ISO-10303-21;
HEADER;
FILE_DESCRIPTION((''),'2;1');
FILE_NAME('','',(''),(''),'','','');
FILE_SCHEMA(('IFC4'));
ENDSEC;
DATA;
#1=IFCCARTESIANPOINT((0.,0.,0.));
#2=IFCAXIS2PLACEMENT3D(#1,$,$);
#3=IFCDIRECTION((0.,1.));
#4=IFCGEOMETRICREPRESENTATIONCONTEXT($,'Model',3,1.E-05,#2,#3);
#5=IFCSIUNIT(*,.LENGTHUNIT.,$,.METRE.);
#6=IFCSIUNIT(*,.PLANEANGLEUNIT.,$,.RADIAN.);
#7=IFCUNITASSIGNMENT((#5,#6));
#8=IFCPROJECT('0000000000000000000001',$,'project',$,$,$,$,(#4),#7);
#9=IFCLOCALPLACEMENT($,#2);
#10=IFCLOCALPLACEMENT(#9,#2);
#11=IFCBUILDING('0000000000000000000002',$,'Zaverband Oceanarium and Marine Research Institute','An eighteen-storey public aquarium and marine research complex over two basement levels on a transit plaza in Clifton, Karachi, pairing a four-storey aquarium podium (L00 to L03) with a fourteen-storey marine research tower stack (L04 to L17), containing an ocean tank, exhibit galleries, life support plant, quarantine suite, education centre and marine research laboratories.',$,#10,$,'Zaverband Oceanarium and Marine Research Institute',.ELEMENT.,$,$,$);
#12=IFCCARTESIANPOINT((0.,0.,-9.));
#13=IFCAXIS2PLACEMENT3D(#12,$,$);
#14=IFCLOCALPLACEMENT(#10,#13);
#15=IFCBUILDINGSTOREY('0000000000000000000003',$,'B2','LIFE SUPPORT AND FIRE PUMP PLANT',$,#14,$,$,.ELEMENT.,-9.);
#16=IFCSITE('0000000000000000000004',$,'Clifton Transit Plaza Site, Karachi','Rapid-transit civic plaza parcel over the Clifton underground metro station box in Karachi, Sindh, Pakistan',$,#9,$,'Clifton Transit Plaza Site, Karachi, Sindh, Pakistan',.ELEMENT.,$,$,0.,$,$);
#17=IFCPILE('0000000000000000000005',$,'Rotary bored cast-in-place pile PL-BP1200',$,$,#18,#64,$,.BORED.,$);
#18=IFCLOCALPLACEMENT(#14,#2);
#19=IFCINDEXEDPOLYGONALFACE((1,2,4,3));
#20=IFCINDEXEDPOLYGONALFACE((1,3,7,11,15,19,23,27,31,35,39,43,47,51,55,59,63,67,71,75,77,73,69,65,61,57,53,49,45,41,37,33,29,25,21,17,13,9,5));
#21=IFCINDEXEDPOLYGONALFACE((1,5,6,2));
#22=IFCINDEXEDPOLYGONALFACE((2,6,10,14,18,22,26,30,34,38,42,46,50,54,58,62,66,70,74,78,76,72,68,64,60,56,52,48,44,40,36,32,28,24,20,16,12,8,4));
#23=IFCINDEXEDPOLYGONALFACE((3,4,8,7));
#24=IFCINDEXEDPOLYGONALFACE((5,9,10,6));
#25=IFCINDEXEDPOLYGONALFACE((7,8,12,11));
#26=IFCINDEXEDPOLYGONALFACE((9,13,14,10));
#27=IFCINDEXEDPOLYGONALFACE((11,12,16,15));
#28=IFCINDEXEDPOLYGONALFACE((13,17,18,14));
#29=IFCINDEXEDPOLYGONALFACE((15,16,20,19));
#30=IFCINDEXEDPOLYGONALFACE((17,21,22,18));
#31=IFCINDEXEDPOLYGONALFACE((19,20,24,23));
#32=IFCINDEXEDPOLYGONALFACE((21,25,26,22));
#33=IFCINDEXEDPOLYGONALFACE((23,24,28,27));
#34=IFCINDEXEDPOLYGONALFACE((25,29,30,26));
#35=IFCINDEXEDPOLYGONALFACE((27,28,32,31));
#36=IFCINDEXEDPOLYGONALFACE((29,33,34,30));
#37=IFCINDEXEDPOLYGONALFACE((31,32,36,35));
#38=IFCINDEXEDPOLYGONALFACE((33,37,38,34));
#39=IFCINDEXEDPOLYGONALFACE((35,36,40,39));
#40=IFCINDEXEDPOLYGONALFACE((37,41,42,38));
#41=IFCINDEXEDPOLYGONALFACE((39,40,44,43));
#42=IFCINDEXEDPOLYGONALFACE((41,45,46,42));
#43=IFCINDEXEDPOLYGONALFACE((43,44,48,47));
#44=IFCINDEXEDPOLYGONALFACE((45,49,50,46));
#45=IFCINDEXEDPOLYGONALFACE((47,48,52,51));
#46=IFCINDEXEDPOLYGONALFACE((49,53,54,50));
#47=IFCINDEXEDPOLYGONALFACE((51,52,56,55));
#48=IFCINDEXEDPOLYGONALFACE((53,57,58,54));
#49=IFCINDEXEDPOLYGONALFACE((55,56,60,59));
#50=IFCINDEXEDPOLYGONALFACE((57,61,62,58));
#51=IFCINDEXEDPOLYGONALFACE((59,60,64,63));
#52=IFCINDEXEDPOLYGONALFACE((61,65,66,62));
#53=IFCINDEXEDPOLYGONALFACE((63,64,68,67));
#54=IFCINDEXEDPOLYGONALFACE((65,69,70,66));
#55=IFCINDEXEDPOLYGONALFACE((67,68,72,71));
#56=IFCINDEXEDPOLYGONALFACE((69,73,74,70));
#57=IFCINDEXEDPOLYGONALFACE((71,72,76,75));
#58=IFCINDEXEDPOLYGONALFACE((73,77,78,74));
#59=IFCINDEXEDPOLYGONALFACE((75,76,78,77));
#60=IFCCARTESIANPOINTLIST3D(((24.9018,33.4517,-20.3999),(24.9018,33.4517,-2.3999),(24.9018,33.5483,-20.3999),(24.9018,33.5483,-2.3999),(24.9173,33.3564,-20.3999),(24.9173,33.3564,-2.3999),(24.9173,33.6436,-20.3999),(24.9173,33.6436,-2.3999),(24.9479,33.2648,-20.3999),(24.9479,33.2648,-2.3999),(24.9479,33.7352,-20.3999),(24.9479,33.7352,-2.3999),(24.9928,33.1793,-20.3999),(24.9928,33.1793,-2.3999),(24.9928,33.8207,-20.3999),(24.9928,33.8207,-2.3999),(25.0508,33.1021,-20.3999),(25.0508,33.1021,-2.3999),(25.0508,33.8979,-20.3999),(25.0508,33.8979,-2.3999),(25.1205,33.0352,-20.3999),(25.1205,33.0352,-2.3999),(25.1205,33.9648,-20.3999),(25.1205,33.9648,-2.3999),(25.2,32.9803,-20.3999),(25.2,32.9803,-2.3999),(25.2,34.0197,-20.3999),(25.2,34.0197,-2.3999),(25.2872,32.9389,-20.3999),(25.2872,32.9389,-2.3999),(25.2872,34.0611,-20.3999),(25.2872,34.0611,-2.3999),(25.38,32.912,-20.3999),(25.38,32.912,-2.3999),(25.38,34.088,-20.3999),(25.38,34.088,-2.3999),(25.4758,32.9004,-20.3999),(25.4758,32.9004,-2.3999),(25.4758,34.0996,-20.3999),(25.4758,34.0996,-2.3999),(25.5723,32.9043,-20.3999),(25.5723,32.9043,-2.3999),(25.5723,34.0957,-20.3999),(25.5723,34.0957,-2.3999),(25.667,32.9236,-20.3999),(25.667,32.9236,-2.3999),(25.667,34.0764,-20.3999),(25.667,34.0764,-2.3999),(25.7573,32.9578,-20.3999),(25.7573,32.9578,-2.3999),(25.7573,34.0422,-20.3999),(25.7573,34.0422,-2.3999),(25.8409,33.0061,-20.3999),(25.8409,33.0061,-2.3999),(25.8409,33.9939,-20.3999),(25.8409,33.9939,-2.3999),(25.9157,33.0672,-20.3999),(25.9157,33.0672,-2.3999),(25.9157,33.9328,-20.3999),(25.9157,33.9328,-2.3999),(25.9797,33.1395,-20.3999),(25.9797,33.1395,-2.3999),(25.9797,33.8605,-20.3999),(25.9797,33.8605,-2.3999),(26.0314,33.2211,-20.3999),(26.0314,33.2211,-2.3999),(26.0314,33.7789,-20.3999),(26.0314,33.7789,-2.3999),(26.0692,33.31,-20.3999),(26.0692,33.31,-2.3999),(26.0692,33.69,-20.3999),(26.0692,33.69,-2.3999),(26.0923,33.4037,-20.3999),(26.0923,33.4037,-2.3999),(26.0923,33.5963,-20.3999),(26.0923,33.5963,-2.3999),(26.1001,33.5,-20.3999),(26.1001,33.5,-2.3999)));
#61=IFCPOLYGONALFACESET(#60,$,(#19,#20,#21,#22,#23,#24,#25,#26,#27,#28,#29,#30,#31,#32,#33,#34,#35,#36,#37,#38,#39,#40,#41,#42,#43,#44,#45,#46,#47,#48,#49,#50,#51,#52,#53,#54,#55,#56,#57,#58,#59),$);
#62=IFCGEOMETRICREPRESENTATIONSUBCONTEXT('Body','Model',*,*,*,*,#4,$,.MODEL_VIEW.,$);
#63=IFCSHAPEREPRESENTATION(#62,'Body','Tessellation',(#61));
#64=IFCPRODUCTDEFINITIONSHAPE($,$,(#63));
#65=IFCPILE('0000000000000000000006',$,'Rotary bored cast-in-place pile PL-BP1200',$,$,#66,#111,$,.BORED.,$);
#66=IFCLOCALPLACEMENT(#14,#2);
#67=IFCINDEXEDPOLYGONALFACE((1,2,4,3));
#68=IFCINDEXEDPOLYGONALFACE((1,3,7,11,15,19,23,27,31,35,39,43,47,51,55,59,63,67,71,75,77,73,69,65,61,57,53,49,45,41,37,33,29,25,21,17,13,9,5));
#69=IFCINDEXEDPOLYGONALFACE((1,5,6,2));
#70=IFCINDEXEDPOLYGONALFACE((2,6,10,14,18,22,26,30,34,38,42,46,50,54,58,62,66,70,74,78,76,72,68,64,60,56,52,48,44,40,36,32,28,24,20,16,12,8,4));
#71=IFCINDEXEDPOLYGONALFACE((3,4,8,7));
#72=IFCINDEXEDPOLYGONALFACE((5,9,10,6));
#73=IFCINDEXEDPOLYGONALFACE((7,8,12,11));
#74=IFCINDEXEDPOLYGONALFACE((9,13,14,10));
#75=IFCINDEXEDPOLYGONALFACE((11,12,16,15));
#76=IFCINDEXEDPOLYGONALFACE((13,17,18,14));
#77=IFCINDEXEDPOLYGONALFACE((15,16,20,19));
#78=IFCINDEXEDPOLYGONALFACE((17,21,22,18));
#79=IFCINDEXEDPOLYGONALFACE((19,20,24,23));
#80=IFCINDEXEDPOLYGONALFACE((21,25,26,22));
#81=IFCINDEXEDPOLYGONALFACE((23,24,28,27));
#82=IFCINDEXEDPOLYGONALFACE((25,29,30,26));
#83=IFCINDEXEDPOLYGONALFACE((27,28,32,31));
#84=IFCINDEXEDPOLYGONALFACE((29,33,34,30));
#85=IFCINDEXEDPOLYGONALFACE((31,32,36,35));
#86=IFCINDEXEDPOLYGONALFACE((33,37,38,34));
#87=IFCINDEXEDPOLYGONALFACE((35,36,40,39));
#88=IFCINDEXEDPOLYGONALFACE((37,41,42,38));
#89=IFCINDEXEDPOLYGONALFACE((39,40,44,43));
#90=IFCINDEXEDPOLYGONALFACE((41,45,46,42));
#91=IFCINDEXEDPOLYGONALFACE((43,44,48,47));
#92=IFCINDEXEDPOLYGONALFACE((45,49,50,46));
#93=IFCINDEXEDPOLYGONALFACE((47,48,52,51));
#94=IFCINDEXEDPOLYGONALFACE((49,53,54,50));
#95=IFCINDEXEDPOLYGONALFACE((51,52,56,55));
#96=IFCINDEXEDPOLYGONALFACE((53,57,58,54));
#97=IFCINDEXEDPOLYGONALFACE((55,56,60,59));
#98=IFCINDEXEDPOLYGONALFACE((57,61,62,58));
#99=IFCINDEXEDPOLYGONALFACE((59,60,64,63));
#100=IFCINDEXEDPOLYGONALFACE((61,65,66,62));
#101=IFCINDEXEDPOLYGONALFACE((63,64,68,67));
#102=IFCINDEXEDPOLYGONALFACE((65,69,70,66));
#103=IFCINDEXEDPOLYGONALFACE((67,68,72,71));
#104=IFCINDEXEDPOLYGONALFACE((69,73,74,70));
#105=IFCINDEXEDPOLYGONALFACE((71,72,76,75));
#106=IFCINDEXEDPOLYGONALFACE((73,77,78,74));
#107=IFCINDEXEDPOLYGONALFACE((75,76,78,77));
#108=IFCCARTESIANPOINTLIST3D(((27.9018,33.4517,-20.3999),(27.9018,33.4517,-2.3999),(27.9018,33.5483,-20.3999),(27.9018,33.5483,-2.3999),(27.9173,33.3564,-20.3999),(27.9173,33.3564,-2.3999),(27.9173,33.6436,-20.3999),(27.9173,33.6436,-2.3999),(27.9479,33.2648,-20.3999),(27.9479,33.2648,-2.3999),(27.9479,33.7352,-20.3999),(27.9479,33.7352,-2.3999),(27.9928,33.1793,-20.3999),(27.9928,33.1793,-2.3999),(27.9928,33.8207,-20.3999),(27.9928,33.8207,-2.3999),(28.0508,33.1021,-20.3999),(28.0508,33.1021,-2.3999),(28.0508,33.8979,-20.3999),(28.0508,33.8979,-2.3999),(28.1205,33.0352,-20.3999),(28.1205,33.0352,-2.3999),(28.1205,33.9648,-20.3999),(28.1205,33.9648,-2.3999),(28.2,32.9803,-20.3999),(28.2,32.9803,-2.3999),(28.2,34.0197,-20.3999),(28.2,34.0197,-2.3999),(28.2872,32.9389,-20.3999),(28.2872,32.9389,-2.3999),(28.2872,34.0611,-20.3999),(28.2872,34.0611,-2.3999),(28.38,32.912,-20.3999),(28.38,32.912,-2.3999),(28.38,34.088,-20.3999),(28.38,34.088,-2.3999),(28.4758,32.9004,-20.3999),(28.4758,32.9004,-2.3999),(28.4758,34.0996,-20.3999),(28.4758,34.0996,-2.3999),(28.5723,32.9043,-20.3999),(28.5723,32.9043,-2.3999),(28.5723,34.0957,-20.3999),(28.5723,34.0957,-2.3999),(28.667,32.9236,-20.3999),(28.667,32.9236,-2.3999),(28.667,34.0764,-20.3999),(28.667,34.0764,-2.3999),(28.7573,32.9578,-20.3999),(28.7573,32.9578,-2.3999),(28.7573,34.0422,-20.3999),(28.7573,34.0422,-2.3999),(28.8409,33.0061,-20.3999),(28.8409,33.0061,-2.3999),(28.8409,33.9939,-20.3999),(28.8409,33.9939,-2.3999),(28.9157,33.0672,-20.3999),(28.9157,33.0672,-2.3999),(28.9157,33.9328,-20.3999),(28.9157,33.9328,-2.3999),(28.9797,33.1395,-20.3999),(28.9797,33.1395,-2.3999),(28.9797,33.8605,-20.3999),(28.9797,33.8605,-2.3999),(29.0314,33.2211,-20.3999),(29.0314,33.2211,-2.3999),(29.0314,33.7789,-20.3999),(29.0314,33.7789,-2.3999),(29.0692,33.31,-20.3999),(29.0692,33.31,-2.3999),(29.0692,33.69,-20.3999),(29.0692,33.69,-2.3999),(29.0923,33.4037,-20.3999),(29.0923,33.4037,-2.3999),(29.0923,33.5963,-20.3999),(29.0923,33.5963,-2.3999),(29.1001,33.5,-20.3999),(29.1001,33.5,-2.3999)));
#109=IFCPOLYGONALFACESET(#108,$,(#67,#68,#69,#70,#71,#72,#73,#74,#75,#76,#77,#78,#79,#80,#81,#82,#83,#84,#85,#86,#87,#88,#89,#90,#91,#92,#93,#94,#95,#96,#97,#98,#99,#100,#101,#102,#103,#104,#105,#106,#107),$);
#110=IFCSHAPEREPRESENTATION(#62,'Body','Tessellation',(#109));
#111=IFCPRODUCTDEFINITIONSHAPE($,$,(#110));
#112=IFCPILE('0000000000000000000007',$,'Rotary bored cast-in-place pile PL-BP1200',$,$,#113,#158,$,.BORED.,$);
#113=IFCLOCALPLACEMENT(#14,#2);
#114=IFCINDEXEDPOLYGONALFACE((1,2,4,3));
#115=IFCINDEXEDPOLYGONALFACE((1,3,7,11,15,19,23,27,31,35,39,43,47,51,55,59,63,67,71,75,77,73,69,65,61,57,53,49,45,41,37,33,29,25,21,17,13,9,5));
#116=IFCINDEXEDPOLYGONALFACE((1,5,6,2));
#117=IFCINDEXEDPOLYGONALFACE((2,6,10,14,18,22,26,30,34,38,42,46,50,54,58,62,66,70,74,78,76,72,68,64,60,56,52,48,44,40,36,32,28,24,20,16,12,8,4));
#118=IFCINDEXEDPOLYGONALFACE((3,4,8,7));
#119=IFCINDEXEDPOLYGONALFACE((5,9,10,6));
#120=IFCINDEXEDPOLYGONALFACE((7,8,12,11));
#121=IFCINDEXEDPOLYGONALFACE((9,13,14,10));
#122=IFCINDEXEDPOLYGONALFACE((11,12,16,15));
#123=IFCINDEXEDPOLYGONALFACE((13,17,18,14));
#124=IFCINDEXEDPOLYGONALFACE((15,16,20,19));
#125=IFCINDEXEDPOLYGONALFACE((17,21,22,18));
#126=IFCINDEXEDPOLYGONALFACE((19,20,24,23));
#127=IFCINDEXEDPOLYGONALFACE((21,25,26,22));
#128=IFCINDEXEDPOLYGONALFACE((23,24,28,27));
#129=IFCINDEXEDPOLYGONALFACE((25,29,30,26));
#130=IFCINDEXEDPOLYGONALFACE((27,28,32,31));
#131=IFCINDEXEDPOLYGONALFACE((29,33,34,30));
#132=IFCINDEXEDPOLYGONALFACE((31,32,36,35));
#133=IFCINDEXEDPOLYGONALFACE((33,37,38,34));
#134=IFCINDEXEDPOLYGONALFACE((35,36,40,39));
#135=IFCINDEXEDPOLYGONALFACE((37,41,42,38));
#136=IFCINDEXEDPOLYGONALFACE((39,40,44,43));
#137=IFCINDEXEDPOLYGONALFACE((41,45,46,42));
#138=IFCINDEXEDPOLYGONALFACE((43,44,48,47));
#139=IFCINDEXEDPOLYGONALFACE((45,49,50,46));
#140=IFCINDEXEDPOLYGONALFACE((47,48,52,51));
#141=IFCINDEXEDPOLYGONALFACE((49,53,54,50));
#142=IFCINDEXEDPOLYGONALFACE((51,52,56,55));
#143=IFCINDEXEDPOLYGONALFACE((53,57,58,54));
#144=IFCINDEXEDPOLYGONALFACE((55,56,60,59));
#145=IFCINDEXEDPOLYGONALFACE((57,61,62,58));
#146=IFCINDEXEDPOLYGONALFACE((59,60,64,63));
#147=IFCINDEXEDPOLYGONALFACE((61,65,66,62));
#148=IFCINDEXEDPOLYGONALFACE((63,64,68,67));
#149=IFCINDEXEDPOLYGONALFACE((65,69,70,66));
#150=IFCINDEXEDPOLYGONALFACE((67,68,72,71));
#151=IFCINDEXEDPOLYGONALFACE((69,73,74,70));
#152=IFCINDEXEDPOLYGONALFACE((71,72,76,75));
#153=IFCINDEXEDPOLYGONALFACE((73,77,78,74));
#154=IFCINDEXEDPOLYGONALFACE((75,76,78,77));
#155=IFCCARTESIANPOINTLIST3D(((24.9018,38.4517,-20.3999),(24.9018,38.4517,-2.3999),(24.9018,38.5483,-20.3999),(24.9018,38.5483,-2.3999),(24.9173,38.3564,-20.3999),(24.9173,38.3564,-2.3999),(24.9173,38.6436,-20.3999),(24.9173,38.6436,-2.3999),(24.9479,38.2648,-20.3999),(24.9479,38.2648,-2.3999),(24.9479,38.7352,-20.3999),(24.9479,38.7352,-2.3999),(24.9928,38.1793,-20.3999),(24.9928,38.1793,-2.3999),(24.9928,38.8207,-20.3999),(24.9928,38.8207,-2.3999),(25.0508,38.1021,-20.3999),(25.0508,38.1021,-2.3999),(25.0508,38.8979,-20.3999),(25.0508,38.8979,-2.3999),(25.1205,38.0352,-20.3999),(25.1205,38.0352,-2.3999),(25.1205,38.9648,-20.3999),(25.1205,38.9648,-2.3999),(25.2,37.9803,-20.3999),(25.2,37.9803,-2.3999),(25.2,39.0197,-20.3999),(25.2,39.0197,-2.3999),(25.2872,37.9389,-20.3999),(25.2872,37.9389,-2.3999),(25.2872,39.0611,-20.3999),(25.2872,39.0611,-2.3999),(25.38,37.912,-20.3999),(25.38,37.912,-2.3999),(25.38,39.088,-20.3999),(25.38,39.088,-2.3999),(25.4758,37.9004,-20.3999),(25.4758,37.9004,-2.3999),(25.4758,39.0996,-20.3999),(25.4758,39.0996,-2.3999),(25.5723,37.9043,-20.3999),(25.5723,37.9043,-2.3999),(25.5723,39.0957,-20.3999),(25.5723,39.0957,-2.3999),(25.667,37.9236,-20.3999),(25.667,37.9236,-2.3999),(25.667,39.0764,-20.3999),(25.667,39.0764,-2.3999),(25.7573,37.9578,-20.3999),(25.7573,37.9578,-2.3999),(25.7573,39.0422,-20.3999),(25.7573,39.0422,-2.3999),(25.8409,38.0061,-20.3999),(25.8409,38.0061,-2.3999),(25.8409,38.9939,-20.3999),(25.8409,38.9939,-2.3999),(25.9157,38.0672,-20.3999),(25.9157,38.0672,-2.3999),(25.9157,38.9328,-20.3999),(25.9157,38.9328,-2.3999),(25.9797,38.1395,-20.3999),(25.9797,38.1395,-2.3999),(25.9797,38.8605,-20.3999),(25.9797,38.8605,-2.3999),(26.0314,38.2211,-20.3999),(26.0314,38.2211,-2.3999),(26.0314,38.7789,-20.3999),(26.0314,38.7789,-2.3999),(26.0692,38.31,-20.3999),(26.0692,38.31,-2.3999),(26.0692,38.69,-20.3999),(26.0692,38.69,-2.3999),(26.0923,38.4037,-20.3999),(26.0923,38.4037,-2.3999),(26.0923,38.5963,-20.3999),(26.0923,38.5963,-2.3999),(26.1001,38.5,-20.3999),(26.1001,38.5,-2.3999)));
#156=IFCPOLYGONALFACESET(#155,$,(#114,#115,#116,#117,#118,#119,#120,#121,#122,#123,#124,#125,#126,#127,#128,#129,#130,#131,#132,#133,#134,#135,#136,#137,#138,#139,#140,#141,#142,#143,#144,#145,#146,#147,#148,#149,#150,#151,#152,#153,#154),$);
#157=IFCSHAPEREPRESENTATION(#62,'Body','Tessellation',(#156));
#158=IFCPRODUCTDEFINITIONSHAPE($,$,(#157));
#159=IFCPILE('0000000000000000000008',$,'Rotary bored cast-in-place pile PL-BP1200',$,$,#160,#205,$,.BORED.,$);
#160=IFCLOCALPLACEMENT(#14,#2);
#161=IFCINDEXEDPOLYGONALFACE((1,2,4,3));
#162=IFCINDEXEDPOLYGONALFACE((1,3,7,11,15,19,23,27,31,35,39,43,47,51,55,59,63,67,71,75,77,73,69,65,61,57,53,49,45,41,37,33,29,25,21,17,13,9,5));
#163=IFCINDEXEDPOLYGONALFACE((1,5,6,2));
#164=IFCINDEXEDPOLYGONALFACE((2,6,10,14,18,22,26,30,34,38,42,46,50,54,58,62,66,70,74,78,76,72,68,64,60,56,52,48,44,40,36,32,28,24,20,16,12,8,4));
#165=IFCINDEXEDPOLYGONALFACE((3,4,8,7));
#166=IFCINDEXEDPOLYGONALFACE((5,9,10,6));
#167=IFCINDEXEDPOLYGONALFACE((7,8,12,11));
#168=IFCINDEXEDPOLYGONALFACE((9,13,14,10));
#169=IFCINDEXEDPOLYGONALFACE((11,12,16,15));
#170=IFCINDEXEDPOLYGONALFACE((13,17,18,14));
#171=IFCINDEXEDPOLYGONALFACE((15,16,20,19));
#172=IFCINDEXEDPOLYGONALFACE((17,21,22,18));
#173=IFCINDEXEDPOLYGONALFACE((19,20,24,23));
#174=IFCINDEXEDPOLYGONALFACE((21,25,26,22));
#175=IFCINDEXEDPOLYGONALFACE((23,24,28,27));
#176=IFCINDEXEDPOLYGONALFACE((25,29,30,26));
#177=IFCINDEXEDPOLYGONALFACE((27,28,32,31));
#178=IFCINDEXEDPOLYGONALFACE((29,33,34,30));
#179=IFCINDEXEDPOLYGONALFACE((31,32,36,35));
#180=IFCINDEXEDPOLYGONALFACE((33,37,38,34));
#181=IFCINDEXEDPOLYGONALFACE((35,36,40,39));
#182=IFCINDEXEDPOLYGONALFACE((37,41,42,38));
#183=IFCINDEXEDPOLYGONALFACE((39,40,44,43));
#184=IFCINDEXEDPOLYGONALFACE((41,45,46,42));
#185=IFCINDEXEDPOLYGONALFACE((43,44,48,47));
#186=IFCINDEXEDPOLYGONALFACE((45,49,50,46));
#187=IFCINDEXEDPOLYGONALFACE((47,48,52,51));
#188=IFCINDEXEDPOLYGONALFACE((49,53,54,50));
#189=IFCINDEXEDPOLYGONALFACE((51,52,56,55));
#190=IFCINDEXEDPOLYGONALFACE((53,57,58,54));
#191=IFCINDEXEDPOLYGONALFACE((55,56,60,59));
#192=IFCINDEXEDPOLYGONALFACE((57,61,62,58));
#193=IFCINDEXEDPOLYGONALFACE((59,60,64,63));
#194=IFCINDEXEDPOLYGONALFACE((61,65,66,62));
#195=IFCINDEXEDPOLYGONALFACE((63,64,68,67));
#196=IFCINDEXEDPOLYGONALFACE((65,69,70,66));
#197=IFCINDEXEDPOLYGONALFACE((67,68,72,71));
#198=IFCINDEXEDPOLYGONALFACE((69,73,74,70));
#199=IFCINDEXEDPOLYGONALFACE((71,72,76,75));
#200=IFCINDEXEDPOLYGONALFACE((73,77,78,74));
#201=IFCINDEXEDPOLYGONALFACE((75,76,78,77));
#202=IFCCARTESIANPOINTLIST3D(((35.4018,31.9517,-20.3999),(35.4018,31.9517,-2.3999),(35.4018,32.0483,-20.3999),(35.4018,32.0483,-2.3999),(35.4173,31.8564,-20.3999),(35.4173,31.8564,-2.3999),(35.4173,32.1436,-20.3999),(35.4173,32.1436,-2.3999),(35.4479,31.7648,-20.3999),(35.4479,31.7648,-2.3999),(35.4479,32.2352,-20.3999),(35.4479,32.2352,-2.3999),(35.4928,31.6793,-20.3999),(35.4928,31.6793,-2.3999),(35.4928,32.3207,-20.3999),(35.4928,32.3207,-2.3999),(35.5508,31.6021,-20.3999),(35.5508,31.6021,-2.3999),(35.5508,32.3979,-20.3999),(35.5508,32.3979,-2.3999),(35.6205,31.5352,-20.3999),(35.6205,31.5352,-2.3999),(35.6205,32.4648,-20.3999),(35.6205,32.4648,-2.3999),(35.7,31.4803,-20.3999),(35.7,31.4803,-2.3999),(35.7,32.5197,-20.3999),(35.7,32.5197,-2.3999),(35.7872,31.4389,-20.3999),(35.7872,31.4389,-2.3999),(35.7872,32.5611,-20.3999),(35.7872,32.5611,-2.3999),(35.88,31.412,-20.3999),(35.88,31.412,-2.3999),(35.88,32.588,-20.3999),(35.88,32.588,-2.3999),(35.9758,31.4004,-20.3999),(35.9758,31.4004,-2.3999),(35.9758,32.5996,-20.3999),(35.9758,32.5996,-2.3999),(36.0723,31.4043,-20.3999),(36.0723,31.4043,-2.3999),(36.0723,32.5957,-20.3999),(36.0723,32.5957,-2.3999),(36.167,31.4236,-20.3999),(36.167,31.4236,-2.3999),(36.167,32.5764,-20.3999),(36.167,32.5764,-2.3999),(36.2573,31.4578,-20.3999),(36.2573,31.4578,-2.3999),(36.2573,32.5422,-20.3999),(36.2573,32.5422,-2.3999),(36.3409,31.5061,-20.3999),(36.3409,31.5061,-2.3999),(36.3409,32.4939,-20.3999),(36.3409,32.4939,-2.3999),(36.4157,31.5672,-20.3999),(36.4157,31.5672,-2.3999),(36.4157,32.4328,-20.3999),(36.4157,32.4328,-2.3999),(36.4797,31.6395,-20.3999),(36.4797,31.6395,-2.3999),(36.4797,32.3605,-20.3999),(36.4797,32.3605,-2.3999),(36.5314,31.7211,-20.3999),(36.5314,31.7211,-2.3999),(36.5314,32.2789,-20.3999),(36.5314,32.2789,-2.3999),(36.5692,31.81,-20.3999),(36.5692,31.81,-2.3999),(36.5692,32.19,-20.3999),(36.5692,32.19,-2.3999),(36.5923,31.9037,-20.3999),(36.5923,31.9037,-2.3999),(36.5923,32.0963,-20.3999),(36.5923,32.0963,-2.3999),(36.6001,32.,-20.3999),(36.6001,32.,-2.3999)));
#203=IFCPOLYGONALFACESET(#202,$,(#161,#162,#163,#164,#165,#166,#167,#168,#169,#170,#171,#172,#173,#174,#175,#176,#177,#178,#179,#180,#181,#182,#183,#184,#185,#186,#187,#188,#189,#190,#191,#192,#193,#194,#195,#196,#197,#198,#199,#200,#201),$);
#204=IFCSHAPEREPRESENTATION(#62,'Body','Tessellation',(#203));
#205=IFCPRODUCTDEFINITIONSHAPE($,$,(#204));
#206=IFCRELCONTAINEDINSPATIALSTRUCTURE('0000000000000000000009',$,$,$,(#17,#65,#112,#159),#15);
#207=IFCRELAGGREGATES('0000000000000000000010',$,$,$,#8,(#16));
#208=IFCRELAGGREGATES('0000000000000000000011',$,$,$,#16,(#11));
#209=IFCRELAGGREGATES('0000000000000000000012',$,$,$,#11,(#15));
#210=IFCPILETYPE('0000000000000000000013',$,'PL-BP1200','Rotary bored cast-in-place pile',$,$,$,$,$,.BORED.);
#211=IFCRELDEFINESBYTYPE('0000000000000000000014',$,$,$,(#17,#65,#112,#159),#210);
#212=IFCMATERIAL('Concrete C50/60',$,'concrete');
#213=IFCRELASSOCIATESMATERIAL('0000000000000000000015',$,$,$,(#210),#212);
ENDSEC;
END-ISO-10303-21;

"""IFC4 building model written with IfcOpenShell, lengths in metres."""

from ifc_helpers import new_model, si_unit, direction, frame, origin, origin_2d, place, context, subcontext, project, spatial, circle, extrude, material, material_profile, profile_set, type_object, element, save


model = new_model("IFC4")

# Units and contexts
model_context = context("Model", 3, precision=1e-05, world=origin(), true_north=direction((0.0, 1.0)))
body_context = subcontext(model_context, "Body", "Model", "MODEL_VIEW")
ifc_project = project(units=[si_unit("LENGTHUNIT", "METRE"), si_unit("PLANEANGLEUNIT", "RADIAN")], contexts=[model_context])

# Site, building, storey
site_placement = place(None, origin())
site = spatial("IfcSite", under=ifc_project, at=site_placement, Name="Clifton Transit Plaza Site, Karachi", Description="Rapid-transit civic plaza parcel over the Clifton underground metro station box in Karachi, Sindh, Pakistan", LongName="Clifton Transit Plaza Site, Karachi, Sindh, Pakistan", CompositionType="ELEMENT", RefElevation=0.0)
building_placement = place(site_placement, origin())
building = spatial("IfcBuilding", under=site, at=building_placement, Name="Zaverband Oceanarium and Marine Research Institute", Description="An eighteen-storey public aquarium and marine research complex over two basement levels on a transit plaza in Clifton, Karachi, pairing a four-storey aquarium podium (L00 to L03) with a fourteen-storey marine research tower stack (L04 to L17), containing an ocean tank, exhibit galleries, life support plant, quarantine suite, education centre and marine research laboratories.", LongName="Zaverband Oceanarium and Marine Research Institute", CompositionType="ELEMENT")
storey_placement = place(building_placement, frame((0.0, 0.0, -9.0)))
storey = spatial("IfcBuildingStorey", under=building, at=storey_placement, Name="B2", Description="LIFE SUPPORT AND FIRE PUMP PLANT", CompositionType="ELEMENT", Elevation=-9.0)

# Shared definitions
ifc_material_1 = material(Name="Concrete C50/60", Category="concrete")

# Piles
ifc_material_profile_1 = material_profile(ifc_material_1, circle(Radius=0.6001, at=origin_2d()), Name="BP1200")
ifc_profile_set_1 = profile_set([ifc_material_profile_1], Name="Concrete C50/60")
pile_type = type_object("IfcPileType", Name="PL-BP1200", Description="Rotary bored cast-in-place pile", PredefinedType="BORED", material=ifc_profile_set_1)
for number, where, z_axis, x_axis, name in (
    (1, (25.5, 33.5, -2.3999), (0.0, 0.0, -1.0), (1.0, 0.0, 0.0), "Rotary bored cast-in-place pile PL-BP1200"),
    (2, (28.5, 33.5, -2.3999), (0.0, 0.0, -1.0), (1.0, 0.0, 0.0), "Rotary bored cast-in-place pile PL-BP1200"),
    (3, (25.5, 38.5, -2.3999), (0.0, 0.0, -1.0), (1.0, 0.0, 0.0), "Rotary bored cast-in-place pile PL-BP1200"),
    (4, (36.0, 32.0, -2.3999), (0.0, 0.0, -1.0), (1.0, 0.0, 0.0), "Rotary bored cast-in-place pile PL-BP1200"),
):
    element("IfcPile", number, at=place(storey_placement, frame(where, z_axis=z_axis, x_axis=x_axis)), inside=storey, type_object=pile_type, Name=name, PredefinedType="BORED", context=body_context, shape_type="SweptSolid", body=[
        extrude(circle(Radius=0.6001, at=origin_2d()), origin(), (0.0, 0.0, 1.0), 18.0),
    ])

save(model, "model.ifc")
